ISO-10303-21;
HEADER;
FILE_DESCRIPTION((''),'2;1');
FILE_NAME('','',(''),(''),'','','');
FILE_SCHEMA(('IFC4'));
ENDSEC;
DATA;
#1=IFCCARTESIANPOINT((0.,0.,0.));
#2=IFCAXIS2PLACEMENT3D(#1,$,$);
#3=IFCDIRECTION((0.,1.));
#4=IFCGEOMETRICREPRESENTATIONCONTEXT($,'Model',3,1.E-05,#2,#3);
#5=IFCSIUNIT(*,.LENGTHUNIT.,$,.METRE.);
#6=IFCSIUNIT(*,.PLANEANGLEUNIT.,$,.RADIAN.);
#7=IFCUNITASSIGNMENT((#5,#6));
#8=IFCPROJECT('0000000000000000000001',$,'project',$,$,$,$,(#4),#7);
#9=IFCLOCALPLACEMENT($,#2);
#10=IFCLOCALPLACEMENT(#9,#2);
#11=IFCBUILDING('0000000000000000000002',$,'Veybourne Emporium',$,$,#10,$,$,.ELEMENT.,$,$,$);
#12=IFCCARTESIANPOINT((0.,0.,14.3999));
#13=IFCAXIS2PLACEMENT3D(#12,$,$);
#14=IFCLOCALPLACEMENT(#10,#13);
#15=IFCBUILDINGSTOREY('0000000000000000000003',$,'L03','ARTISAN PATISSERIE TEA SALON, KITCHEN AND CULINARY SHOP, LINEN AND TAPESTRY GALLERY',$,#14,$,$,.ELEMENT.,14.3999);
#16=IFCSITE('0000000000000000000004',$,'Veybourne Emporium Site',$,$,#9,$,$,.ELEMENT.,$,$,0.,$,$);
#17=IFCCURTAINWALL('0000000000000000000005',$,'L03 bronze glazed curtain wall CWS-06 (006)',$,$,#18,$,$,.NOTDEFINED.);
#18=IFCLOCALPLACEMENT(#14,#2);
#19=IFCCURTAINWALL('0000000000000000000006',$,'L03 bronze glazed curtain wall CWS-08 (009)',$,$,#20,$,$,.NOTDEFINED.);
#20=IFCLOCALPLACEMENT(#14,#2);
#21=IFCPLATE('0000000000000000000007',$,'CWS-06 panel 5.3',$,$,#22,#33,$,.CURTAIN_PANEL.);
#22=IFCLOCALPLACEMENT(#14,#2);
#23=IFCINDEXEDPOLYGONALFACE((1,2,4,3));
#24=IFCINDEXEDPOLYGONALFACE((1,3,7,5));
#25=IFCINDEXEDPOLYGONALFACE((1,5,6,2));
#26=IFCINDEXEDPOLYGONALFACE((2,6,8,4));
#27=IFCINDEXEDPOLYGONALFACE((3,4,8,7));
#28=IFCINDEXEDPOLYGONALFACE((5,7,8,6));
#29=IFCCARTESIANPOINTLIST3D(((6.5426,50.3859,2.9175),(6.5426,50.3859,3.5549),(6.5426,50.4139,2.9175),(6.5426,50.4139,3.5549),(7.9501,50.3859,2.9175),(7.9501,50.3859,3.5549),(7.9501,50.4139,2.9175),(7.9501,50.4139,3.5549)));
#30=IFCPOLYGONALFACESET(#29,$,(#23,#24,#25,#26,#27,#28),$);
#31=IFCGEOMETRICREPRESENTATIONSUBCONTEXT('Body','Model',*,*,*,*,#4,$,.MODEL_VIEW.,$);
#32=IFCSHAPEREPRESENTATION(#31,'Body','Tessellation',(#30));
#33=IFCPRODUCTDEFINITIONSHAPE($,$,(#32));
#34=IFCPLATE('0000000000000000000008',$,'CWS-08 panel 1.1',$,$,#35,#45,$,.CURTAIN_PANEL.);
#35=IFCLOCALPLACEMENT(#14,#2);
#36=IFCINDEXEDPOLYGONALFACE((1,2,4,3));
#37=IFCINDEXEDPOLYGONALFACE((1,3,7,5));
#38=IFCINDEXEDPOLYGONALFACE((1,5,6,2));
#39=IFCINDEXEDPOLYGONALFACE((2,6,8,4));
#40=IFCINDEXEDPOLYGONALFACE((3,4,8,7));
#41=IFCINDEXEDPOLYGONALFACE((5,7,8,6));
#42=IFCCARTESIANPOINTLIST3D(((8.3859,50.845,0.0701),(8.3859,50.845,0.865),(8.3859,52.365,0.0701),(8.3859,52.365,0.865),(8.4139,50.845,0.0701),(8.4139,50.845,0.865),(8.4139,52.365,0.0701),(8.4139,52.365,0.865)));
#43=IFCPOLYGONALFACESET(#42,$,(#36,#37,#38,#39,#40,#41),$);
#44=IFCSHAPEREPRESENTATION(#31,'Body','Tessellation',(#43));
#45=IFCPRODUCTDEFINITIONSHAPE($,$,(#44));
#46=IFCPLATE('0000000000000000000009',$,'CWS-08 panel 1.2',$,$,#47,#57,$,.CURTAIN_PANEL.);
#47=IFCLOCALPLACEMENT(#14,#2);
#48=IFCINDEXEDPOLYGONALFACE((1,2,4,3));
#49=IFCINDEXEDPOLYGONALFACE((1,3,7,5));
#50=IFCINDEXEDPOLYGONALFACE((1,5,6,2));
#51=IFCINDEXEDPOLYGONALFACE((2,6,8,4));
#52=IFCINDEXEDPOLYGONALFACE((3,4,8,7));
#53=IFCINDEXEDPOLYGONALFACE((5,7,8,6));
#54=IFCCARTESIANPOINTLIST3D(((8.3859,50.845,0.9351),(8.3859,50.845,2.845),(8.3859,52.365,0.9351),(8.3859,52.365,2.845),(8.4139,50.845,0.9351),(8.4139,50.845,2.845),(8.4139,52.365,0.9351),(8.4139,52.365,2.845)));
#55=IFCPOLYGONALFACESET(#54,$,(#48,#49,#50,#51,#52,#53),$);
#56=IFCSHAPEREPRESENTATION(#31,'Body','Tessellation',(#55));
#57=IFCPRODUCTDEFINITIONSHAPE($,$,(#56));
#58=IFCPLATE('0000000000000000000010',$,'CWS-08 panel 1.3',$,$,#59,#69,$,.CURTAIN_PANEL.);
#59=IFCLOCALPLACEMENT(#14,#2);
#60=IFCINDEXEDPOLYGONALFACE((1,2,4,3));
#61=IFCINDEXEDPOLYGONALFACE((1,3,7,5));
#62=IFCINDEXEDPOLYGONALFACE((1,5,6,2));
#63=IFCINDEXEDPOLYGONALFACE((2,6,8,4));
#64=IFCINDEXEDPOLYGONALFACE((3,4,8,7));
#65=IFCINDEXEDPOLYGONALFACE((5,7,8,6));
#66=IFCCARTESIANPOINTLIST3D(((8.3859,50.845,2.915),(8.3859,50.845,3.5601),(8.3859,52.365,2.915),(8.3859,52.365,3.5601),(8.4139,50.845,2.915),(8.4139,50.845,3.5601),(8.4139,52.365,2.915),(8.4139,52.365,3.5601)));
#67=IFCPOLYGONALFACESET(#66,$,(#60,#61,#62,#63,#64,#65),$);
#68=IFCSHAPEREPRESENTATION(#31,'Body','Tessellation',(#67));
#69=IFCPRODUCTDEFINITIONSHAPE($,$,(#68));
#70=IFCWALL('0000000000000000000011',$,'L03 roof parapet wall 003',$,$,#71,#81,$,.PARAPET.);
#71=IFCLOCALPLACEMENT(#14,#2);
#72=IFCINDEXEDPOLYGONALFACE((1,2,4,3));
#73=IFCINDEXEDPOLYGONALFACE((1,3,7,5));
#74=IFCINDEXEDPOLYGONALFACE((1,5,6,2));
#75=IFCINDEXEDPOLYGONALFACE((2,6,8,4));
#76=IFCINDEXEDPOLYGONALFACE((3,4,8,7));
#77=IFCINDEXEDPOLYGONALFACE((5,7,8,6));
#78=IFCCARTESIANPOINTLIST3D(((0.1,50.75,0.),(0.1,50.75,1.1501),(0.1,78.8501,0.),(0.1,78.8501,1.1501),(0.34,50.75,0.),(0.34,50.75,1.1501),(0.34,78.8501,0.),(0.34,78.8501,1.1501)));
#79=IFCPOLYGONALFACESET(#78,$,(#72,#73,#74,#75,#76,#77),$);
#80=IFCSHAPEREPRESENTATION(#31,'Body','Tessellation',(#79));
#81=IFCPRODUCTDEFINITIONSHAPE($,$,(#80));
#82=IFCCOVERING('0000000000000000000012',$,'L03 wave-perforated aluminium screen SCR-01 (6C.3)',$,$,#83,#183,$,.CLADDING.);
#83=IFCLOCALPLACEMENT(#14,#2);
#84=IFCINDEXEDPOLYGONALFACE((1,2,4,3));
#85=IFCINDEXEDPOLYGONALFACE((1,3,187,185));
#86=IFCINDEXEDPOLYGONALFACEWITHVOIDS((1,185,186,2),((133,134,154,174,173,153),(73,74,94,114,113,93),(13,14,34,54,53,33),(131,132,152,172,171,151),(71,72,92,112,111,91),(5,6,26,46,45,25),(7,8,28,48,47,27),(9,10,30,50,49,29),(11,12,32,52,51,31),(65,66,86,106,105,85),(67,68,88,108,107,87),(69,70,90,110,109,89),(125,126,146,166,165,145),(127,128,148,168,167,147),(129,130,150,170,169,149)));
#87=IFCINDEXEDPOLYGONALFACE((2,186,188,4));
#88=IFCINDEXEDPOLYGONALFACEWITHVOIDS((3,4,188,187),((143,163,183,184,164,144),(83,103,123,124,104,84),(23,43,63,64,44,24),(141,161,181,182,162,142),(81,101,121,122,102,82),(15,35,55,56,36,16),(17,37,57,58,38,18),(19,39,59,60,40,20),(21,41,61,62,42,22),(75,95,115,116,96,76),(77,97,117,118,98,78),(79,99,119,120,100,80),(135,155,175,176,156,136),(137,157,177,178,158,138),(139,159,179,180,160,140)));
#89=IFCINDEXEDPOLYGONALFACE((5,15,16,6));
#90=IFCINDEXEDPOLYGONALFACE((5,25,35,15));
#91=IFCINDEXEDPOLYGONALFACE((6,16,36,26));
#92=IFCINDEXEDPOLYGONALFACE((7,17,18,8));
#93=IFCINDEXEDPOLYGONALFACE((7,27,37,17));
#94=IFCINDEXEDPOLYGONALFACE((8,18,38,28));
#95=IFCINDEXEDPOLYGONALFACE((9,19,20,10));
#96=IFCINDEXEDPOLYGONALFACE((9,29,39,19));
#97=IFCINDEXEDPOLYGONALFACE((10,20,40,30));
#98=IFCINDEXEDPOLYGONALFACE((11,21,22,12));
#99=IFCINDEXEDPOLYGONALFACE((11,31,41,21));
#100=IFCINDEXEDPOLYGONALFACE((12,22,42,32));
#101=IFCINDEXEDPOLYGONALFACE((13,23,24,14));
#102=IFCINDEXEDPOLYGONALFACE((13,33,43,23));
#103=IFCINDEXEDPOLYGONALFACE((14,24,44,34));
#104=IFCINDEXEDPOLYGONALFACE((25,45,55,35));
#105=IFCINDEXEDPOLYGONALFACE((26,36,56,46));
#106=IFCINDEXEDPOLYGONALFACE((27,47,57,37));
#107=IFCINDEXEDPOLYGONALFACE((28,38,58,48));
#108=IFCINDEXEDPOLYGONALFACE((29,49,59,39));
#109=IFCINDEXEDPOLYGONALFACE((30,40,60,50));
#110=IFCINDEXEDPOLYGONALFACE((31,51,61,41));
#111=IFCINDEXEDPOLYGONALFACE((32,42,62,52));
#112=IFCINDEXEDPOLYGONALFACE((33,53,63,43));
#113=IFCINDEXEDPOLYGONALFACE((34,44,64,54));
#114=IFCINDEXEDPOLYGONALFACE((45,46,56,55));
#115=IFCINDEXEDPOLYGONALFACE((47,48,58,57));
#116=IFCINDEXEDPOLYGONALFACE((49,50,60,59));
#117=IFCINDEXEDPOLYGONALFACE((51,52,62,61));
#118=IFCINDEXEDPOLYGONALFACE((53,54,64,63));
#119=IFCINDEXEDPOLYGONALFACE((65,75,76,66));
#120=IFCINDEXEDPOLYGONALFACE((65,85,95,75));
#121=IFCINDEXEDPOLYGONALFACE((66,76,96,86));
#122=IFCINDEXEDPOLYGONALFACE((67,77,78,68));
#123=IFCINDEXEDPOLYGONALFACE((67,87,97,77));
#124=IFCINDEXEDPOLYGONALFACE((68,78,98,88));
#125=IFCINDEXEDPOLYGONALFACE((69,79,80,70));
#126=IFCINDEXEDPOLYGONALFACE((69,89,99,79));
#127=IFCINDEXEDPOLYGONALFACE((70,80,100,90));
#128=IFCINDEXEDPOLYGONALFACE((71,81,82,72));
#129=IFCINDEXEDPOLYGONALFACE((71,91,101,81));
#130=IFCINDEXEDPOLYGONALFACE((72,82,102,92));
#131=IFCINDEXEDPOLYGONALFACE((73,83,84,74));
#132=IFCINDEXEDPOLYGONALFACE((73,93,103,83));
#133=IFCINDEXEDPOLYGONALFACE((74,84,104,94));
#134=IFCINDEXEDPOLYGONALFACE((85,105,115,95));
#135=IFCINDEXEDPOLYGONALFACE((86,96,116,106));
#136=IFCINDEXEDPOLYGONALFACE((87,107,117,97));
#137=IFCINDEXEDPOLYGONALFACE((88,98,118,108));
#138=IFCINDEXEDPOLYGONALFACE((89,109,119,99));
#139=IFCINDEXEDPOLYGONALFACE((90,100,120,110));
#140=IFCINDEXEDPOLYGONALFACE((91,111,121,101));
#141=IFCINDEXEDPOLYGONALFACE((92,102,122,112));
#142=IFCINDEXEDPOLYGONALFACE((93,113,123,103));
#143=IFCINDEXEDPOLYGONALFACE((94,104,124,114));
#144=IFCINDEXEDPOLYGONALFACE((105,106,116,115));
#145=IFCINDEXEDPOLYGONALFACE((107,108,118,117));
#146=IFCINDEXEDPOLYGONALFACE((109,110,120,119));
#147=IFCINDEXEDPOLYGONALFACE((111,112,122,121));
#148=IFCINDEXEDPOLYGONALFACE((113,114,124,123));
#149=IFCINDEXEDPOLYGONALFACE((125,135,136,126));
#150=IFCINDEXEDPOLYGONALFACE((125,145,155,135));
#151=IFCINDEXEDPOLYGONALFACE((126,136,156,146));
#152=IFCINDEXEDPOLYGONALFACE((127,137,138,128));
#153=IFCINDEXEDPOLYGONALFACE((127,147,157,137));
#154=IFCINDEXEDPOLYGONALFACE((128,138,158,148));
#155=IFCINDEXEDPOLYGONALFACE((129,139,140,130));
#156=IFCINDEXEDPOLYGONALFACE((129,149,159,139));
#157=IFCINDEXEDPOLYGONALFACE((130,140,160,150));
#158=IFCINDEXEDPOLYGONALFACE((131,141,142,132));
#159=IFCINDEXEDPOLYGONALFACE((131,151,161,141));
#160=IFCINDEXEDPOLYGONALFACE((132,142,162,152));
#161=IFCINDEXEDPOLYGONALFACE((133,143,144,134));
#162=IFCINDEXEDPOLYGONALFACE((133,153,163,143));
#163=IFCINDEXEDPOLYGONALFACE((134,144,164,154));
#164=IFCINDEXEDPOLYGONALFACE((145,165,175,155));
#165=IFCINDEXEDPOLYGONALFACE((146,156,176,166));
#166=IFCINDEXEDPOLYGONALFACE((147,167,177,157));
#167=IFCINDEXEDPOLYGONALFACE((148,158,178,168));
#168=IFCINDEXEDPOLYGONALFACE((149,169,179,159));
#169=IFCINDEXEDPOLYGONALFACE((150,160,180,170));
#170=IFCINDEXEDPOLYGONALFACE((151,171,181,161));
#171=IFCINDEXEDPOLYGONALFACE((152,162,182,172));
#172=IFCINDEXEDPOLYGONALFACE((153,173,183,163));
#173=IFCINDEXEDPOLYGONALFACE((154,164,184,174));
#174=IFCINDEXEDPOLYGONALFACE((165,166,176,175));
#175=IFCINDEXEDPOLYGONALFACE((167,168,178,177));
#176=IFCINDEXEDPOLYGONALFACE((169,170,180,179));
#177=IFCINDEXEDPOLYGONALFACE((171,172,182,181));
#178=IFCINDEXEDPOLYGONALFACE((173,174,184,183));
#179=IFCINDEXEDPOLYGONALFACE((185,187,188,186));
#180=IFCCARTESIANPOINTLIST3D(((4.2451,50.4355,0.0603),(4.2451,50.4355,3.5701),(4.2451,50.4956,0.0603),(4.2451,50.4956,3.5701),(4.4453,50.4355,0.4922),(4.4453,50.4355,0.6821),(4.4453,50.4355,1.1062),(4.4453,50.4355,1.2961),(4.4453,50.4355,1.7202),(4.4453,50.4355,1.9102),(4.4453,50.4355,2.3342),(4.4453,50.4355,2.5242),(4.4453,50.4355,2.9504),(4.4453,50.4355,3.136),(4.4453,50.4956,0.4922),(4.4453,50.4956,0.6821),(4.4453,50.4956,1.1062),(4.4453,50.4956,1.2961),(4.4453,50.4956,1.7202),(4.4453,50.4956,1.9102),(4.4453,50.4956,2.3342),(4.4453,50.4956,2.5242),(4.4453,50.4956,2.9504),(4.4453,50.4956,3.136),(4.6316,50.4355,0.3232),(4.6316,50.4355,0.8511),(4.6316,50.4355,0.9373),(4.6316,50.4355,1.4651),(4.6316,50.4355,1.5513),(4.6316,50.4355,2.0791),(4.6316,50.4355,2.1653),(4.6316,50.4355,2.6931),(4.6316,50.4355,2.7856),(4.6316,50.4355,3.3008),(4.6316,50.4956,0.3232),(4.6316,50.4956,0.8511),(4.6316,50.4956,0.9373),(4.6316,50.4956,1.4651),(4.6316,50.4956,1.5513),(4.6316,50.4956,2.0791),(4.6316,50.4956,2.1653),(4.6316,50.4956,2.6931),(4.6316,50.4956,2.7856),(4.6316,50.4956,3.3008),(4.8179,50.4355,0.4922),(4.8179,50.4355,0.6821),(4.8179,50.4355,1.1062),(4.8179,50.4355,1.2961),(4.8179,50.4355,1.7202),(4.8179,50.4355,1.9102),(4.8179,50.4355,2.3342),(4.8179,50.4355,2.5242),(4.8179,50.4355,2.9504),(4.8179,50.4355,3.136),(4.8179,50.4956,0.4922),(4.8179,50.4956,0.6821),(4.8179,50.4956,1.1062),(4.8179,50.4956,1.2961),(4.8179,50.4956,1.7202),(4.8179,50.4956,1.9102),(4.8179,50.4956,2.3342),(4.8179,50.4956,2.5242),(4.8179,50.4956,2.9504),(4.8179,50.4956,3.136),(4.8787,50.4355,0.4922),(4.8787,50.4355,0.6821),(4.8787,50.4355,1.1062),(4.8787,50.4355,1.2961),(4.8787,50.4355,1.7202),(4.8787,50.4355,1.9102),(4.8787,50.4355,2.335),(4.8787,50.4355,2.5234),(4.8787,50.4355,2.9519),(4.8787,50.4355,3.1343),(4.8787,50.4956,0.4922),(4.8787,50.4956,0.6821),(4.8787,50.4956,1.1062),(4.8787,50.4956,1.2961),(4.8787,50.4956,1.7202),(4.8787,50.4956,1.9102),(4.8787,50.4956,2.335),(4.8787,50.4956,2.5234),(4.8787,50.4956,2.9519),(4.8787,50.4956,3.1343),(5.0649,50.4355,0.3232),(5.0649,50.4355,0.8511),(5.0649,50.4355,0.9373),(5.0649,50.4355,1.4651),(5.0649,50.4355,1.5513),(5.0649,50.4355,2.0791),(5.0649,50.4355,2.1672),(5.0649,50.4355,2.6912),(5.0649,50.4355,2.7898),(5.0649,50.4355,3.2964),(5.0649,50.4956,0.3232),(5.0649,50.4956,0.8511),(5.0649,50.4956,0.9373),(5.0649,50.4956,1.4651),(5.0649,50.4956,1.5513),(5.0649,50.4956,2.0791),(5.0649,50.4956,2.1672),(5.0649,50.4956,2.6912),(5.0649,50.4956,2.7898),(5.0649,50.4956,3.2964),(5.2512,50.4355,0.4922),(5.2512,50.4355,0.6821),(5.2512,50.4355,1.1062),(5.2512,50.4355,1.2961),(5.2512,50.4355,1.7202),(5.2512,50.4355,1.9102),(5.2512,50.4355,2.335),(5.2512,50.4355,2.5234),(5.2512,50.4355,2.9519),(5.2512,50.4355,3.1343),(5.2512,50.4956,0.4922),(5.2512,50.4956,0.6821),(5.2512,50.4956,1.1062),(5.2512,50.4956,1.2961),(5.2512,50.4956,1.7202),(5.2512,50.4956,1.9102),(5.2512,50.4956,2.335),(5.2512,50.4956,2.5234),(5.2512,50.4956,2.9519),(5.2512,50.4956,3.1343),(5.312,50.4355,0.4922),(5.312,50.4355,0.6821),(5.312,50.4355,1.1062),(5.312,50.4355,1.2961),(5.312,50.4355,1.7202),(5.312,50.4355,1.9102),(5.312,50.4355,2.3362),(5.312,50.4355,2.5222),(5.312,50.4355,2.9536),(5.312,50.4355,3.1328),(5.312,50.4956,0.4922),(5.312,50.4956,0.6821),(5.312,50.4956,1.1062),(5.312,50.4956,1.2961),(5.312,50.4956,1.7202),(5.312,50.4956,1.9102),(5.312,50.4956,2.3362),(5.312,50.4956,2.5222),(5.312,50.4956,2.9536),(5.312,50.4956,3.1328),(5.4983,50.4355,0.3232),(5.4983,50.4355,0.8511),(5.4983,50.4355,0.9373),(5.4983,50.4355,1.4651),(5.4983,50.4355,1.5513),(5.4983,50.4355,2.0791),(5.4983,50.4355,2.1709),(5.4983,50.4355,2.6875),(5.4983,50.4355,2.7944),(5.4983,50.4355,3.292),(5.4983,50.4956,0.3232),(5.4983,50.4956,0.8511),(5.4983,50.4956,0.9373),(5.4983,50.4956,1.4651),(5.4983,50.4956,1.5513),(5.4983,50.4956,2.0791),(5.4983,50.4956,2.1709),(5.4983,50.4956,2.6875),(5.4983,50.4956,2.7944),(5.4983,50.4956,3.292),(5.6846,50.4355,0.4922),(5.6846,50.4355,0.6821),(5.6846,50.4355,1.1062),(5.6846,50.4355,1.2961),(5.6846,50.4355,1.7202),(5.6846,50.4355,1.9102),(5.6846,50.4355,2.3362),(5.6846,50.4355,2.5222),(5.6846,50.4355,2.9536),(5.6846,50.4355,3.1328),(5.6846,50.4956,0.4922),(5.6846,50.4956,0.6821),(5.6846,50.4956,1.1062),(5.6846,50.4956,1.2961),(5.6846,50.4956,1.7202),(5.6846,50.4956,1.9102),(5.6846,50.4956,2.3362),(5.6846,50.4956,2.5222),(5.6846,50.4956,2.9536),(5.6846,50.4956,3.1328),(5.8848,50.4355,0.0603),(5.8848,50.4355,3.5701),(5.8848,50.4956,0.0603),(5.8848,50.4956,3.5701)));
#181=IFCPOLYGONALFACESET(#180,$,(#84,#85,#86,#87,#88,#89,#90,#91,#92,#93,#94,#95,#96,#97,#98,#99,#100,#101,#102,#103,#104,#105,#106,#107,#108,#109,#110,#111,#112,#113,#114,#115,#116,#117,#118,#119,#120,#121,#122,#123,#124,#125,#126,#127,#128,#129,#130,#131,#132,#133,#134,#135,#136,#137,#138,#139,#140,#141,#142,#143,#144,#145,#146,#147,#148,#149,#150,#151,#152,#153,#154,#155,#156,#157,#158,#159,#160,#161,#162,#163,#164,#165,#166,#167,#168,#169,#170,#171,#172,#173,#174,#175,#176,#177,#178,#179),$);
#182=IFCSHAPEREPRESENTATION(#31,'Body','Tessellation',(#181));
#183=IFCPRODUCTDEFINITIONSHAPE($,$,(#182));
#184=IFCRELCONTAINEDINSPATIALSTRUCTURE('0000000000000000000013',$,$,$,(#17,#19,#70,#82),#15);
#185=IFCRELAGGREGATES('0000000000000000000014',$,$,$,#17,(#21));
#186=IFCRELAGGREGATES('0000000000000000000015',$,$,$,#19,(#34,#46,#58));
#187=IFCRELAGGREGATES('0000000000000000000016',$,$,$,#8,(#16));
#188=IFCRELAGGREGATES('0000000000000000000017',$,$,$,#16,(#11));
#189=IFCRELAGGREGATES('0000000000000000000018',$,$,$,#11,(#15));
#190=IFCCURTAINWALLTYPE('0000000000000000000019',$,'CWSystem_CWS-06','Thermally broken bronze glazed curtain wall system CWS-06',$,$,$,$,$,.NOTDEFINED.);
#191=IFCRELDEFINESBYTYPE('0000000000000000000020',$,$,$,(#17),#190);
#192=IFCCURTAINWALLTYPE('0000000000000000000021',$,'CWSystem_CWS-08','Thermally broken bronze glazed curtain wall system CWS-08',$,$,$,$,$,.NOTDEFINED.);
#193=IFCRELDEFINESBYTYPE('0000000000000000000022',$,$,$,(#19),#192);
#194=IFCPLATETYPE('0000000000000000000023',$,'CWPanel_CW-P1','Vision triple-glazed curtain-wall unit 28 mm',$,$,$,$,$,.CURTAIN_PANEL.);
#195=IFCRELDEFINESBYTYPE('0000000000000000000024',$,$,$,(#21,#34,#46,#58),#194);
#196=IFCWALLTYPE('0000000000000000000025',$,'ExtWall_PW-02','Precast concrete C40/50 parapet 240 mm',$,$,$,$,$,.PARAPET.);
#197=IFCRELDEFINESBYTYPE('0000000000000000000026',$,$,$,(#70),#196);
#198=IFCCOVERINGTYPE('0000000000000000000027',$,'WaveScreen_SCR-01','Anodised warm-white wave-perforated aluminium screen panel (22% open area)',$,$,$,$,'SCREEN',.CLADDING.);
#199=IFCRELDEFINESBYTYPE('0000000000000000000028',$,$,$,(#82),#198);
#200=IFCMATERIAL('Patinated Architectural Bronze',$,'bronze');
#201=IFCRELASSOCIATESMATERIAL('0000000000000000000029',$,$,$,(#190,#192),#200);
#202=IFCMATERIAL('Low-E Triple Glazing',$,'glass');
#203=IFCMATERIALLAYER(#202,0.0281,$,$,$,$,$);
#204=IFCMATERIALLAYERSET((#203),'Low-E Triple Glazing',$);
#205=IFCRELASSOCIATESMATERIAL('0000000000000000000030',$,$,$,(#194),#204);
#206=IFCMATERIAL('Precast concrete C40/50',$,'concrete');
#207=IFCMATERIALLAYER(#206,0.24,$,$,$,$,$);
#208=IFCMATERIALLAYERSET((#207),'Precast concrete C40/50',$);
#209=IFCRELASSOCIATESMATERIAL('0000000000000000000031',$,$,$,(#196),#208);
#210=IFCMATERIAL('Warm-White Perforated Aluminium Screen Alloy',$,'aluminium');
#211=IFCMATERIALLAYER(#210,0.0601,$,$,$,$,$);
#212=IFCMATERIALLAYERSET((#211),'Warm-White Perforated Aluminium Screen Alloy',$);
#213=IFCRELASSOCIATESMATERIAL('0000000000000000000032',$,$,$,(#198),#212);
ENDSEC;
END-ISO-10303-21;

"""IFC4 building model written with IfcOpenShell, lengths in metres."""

from ifc_helpers import new_model, si_unit, direction, frame, frame_2d, origin, origin_2d, place, context, subcontext, project, spatial, polyline, rectangle, outline, extrude, material, layer, layer_set, type_object, element, aggregate, save


model = new_model("IFC4")

# Units and contexts
model_context = context("Model", 3, precision=1e-05, world=origin(), true_north=direction((0.0, 1.0)))
body_context = subcontext(model_context, "Body", "Model", "MODEL_VIEW")
ifc_project = project(units=[si_unit("LENGTHUNIT", "METRE"), si_unit("PLANEANGLEUNIT", "RADIAN")], contexts=[model_context])

# Site, building, storey
site_placement = place(None, origin())
site = spatial("IfcSite", under=ifc_project, at=site_placement, Name="Veybourne Emporium Site", CompositionType="ELEMENT", RefElevation=0.0)
building_placement = place(site_placement, origin())
building = spatial("IfcBuilding", under=site, at=building_placement, Name="Veybourne Emporium", CompositionType="ELEMENT")
storey_placement = place(building_placement, frame((0.0, 0.0, 14.3999)))
storey = spatial("IfcBuildingStorey", under=building, at=storey_placement, Name="L03", Description="ARTISAN PATISSERIE TEA SALON, KITCHEN AND CULINARY SHOP, LINEN AND TAPESTRY GALLERY", CompositionType="ELEMENT", Elevation=14.3999)

# Curtain walls
ifc_material_1 = material(Name="Patinated Architectural Bronze", Category="bronze")
curtain_wall_type_1 = type_object("IfcCurtainWallType", Name="CWSystem_CWS-06", Description="Thermally broken bronze glazed curtain wall system CWS-06", PredefinedType="NOTDEFINED", material=ifc_material_1)
curtain_wall_1_placement = place(storey_placement, origin())
curtain_wall_1 = element("IfcCurtainWall", 1, at=curtain_wall_1_placement, inside=storey, type_object=curtain_wall_type_1, Name="L03 bronze glazed curtain wall CWS-06 (006)", PredefinedType="NOTDEFINED")
curtain_wall_type_2 = type_object("IfcCurtainWallType", Name="CWSystem_CWS-08", Description="Thermally broken bronze glazed curtain wall system CWS-08", PredefinedType="NOTDEFINED", material=ifc_material_1)
curtain_wall_2_placement = place(storey_placement, origin())
curtain_wall_2 = element("IfcCurtainWall", 2, at=curtain_wall_2_placement, inside=storey, type_object=curtain_wall_type_2, Name="L03 bronze glazed curtain wall CWS-08 (009)", PredefinedType="NOTDEFINED")

# Plates
ifc_material_2 = material(Name="Low-E Triple Glazing", Category="glass")
ifc_layer_1 = layer(ifc_material_2, 0.0281)
ifc_layer_set_1 = layer_set([ifc_layer_1], Name="Low-E Triple Glazing")
plate_type = type_object("IfcPlateType", Name="CWPanel_CW-P1", Description="Vision triple-glazed curtain-wall unit 28 mm", PredefinedType="CURTAIN_PANEL", material=ifc_layer_set_1)
plate_1_placement = place(storey_placement, frame((7.2463, 50.3999, 2.9175), z_axis=(0.0, 0.0, 1.0), x_axis=(1.0, 0.0, 0.0)))
plate_1 = element("IfcPlate", 3, at=plate_1_placement, type_object=plate_type, Name="CWS-06 panel 5.3", PredefinedType="CURTAIN_PANEL", context=body_context, shape_type="SweptSolid", body=[
    extrude(rectangle(XDim=1.4075, YDim=0.0281, at=origin_2d()), origin(), (0.0, 0.0, 1.0), 0.6375),
])
aggregate(curtain_wall_1, [plate_1])
plate_2_placement = place(storey_placement, frame((8.3999, 51.605, 0.0701), z_axis=(0.0, 0.0, 1.0), x_axis=(0.0, 1.0, 0.0)))
plate_2 = element("IfcPlate", 4, at=plate_2_placement, type_object=plate_type, Name="CWS-08 panel 1.1", PredefinedType="CURTAIN_PANEL", context=body_context, shape_type="SweptSolid", body=[
    extrude(rectangle(XDim=1.52, YDim=0.0281, at=origin_2d()), origin(), (0.0, 0.0, 1.0), 0.7949),
])
plate_3_placement = place(storey_placement, frame((8.3999, 51.605, 0.9351), z_axis=(0.0, 0.0, 1.0), x_axis=(0.0, 1.0, 0.0)))
plate_3 = element("IfcPlate", 5, at=plate_3_placement, type_object=plate_type, Name="CWS-08 panel 1.2", PredefinedType="CURTAIN_PANEL", context=body_context, shape_type="SweptSolid", body=[
    extrude(rectangle(XDim=1.52, YDim=0.0281, at=origin_2d()), origin(), (0.0, 0.0, 1.0), 1.9099),
])
plate_4_placement = place(storey_placement, frame((8.3999, 51.605, 2.915), z_axis=(0.0, 0.0, 1.0), x_axis=(0.0, 1.0, 0.0)))
plate_4 = element("IfcPlate", 6, at=plate_4_placement, type_object=plate_type, Name="CWS-08 panel 1.3", PredefinedType="CURTAIN_PANEL", context=body_context, shape_type="SweptSolid", body=[
    extrude(rectangle(XDim=1.52, YDim=0.0281, at=origin_2d()), origin(), (0.0, 0.0, 1.0), 0.645),
])
aggregate(curtain_wall_2, [plate_2, plate_3, plate_4])

# Wall
ifc_material_3 = material(Name="Precast concrete C40/50", Category="concrete")
ifc_layer_2 = layer(ifc_material_3, 0.24)
ifc_layer_set_2 = layer_set([ifc_layer_2], Name="Precast concrete C40/50")
wall_type = type_object("IfcWallType", Name="ExtWall_PW-02", Description="Precast concrete C40/50 parapet 240 mm", PredefinedType="PARAPET", material=ifc_layer_set_2)
wall_placement = place(storey_placement, frame((0.22, 50.75, 0.0), z_axis=(0.0, 0.0, 1.0), x_axis=(0.0, 1.0, 0.0)))
element("IfcWall", 7, at=wall_placement, inside=storey, type_object=wall_type, Name="L03 roof parapet wall 003", PredefinedType="PARAPET", context=body_context, shape_type="SweptSolid", body=[
    extrude(rectangle(XDim=28.1001, YDim=0.24, at=frame_2d((14.05, 0.0))), origin(), (0.0, 0.0, 1.0), 1.1501),
])

# Covering
ifc_material_4 = material(Name="Warm-White Perforated Aluminium Screen Alloy", Category="aluminium")
ifc_layer_3 = layer(ifc_material_4, 0.0601)
ifc_layer_set_3 = layer_set([ifc_layer_3], Name="Warm-White Perforated Aluminium Screen Alloy")
covering_type_1 = type_object("IfcCoveringType", Name="WaveScreen_SCR-01", Description="Anodised warm-white wave-perforated aluminium screen panel (22% open area)", ElementType="SCREEN", PredefinedType="CLADDING", material=ifc_layer_set_3)
covering_1_placement = place(storey_placement, frame((5.0649, 50.4956, 1.8152), z_axis=(0.0, -1.0, 0.0), x_axis=(1.0, 0.0, 0.0)))
element("IfcCovering", 8, at=covering_1_placement, inside=storey, type_object=covering_type_1, Name="L03 wave-perforated aluminium screen SCR-01 (6C.3)", PredefinedType="CLADDING", context=body_context, shape_type="SweptSolid", body=[
    extrude(outline(polyline([(-0.8198, -1.7549), (0.8198, -1.7549), (0.8198, 1.7549), (-0.8198, 1.7549), (-0.8198, -1.7549)]), holes=[polyline([(-0.4333, -0.9641), (-0.2471, -1.1331), (-0.2471, -1.323), (-0.4333, -1.4919), (-0.6196, -1.323), (-0.6196, -1.1331), (-0.4333, -0.9641)]), polyline([(-0.4333, -0.3501), (-0.2471, -0.519), (-0.2471, -0.709), (-0.4333, -0.8779), (-0.6196, -0.709), (-0.6196, -0.519), (-0.4333, -0.3501)]), polyline([(-0.4333, 0.2639), (-0.2471, 0.095), (-0.2471, -0.095), (-0.4333, -0.2639), (-0.6196, -0.095), (-0.6196, 0.095), (-0.4333, 0.2639)]), polyline([(-0.4333, 0.8779), (-0.2471, 0.709), (-0.2471, 0.519), (-0.4333, 0.3501), (-0.6196, 0.519), (-0.6196, 0.709), (-0.4333, 0.8779)]), polyline([(-0.4333, 1.4856), (-0.2471, 1.3208), (-0.2471, 1.1353), (-0.4333, 0.9705), (-0.6196, 1.1353), (-0.6196, 1.3208), (-0.4333, 1.4856)]), polyline([(0.0, -0.9641), (0.1863, -1.1331), (0.1863, -1.323), (0.0, -1.4919), (-0.1863, -1.323), (-0.1863, -1.1331), (0.0, -0.9641)]), polyline([(0.0, -0.3501), (0.1863, -0.519), (0.1863, -0.709), (0.0, -0.8779), (-0.1863, -0.709), (-0.1863, -0.519), (0.0, -0.3501)]), polyline([(0.0, 0.2639), (0.1863, 0.095), (0.1863, -0.095), (0.0, -0.2639), (-0.1863, -0.095), (-0.1863, 0.095), (0.0, 0.2639)]), polyline([(0.0, 0.876), (0.1863, 0.7083), (0.1863, 0.5198), (0.0, 0.3521), (-0.1863, 0.5198), (-0.1863, 0.7083), (0.0, 0.876)]), polyline([(0.0, 1.4812), (0.1863, 1.3191), (0.1863, 1.1367), (0.0, 0.9746), (-0.1863, 1.1367), (-0.1863, 1.3191), (0.0, 1.4812)]), polyline([(0.4333, -0.9641), (0.6196, -1.1331), (0.6196, -1.323), (0.4333, -1.4919), (0.2471, -1.323), (0.2471, -1.1331), (0.4333, -0.9641)]), polyline([(0.4333, -0.3501), (0.6196, -0.519), (0.6196, -0.709), (0.4333, -0.8779), (0.2471, -0.709), (0.2471, -0.519), (0.4333, -0.3501)]), polyline([(0.4333, 0.2639), (0.6196, 0.095), (0.6196, -0.095), (0.4333, -0.2639), (0.2471, -0.095), (0.2471, 0.095), (0.4333, 0.2639)]), polyline([(0.4333, 0.8723), (0.6196, 0.707), (0.6196, 0.521), (0.4333, 0.3557), (0.2471, 0.521), (0.2471, 0.707), (0.4333, 0.8723)]), polyline([(0.4333, 1.4768), (0.6196, 1.3176), (0.6196, 1.1384), (0.4333, 0.9792), (0.2471, 1.1384), (0.2471, 1.3176), (0.4333, 1.4768)])]), origin(), (0.0, 0.0, 1.0), 0.0601),
])

save(model, "model.ifc")
